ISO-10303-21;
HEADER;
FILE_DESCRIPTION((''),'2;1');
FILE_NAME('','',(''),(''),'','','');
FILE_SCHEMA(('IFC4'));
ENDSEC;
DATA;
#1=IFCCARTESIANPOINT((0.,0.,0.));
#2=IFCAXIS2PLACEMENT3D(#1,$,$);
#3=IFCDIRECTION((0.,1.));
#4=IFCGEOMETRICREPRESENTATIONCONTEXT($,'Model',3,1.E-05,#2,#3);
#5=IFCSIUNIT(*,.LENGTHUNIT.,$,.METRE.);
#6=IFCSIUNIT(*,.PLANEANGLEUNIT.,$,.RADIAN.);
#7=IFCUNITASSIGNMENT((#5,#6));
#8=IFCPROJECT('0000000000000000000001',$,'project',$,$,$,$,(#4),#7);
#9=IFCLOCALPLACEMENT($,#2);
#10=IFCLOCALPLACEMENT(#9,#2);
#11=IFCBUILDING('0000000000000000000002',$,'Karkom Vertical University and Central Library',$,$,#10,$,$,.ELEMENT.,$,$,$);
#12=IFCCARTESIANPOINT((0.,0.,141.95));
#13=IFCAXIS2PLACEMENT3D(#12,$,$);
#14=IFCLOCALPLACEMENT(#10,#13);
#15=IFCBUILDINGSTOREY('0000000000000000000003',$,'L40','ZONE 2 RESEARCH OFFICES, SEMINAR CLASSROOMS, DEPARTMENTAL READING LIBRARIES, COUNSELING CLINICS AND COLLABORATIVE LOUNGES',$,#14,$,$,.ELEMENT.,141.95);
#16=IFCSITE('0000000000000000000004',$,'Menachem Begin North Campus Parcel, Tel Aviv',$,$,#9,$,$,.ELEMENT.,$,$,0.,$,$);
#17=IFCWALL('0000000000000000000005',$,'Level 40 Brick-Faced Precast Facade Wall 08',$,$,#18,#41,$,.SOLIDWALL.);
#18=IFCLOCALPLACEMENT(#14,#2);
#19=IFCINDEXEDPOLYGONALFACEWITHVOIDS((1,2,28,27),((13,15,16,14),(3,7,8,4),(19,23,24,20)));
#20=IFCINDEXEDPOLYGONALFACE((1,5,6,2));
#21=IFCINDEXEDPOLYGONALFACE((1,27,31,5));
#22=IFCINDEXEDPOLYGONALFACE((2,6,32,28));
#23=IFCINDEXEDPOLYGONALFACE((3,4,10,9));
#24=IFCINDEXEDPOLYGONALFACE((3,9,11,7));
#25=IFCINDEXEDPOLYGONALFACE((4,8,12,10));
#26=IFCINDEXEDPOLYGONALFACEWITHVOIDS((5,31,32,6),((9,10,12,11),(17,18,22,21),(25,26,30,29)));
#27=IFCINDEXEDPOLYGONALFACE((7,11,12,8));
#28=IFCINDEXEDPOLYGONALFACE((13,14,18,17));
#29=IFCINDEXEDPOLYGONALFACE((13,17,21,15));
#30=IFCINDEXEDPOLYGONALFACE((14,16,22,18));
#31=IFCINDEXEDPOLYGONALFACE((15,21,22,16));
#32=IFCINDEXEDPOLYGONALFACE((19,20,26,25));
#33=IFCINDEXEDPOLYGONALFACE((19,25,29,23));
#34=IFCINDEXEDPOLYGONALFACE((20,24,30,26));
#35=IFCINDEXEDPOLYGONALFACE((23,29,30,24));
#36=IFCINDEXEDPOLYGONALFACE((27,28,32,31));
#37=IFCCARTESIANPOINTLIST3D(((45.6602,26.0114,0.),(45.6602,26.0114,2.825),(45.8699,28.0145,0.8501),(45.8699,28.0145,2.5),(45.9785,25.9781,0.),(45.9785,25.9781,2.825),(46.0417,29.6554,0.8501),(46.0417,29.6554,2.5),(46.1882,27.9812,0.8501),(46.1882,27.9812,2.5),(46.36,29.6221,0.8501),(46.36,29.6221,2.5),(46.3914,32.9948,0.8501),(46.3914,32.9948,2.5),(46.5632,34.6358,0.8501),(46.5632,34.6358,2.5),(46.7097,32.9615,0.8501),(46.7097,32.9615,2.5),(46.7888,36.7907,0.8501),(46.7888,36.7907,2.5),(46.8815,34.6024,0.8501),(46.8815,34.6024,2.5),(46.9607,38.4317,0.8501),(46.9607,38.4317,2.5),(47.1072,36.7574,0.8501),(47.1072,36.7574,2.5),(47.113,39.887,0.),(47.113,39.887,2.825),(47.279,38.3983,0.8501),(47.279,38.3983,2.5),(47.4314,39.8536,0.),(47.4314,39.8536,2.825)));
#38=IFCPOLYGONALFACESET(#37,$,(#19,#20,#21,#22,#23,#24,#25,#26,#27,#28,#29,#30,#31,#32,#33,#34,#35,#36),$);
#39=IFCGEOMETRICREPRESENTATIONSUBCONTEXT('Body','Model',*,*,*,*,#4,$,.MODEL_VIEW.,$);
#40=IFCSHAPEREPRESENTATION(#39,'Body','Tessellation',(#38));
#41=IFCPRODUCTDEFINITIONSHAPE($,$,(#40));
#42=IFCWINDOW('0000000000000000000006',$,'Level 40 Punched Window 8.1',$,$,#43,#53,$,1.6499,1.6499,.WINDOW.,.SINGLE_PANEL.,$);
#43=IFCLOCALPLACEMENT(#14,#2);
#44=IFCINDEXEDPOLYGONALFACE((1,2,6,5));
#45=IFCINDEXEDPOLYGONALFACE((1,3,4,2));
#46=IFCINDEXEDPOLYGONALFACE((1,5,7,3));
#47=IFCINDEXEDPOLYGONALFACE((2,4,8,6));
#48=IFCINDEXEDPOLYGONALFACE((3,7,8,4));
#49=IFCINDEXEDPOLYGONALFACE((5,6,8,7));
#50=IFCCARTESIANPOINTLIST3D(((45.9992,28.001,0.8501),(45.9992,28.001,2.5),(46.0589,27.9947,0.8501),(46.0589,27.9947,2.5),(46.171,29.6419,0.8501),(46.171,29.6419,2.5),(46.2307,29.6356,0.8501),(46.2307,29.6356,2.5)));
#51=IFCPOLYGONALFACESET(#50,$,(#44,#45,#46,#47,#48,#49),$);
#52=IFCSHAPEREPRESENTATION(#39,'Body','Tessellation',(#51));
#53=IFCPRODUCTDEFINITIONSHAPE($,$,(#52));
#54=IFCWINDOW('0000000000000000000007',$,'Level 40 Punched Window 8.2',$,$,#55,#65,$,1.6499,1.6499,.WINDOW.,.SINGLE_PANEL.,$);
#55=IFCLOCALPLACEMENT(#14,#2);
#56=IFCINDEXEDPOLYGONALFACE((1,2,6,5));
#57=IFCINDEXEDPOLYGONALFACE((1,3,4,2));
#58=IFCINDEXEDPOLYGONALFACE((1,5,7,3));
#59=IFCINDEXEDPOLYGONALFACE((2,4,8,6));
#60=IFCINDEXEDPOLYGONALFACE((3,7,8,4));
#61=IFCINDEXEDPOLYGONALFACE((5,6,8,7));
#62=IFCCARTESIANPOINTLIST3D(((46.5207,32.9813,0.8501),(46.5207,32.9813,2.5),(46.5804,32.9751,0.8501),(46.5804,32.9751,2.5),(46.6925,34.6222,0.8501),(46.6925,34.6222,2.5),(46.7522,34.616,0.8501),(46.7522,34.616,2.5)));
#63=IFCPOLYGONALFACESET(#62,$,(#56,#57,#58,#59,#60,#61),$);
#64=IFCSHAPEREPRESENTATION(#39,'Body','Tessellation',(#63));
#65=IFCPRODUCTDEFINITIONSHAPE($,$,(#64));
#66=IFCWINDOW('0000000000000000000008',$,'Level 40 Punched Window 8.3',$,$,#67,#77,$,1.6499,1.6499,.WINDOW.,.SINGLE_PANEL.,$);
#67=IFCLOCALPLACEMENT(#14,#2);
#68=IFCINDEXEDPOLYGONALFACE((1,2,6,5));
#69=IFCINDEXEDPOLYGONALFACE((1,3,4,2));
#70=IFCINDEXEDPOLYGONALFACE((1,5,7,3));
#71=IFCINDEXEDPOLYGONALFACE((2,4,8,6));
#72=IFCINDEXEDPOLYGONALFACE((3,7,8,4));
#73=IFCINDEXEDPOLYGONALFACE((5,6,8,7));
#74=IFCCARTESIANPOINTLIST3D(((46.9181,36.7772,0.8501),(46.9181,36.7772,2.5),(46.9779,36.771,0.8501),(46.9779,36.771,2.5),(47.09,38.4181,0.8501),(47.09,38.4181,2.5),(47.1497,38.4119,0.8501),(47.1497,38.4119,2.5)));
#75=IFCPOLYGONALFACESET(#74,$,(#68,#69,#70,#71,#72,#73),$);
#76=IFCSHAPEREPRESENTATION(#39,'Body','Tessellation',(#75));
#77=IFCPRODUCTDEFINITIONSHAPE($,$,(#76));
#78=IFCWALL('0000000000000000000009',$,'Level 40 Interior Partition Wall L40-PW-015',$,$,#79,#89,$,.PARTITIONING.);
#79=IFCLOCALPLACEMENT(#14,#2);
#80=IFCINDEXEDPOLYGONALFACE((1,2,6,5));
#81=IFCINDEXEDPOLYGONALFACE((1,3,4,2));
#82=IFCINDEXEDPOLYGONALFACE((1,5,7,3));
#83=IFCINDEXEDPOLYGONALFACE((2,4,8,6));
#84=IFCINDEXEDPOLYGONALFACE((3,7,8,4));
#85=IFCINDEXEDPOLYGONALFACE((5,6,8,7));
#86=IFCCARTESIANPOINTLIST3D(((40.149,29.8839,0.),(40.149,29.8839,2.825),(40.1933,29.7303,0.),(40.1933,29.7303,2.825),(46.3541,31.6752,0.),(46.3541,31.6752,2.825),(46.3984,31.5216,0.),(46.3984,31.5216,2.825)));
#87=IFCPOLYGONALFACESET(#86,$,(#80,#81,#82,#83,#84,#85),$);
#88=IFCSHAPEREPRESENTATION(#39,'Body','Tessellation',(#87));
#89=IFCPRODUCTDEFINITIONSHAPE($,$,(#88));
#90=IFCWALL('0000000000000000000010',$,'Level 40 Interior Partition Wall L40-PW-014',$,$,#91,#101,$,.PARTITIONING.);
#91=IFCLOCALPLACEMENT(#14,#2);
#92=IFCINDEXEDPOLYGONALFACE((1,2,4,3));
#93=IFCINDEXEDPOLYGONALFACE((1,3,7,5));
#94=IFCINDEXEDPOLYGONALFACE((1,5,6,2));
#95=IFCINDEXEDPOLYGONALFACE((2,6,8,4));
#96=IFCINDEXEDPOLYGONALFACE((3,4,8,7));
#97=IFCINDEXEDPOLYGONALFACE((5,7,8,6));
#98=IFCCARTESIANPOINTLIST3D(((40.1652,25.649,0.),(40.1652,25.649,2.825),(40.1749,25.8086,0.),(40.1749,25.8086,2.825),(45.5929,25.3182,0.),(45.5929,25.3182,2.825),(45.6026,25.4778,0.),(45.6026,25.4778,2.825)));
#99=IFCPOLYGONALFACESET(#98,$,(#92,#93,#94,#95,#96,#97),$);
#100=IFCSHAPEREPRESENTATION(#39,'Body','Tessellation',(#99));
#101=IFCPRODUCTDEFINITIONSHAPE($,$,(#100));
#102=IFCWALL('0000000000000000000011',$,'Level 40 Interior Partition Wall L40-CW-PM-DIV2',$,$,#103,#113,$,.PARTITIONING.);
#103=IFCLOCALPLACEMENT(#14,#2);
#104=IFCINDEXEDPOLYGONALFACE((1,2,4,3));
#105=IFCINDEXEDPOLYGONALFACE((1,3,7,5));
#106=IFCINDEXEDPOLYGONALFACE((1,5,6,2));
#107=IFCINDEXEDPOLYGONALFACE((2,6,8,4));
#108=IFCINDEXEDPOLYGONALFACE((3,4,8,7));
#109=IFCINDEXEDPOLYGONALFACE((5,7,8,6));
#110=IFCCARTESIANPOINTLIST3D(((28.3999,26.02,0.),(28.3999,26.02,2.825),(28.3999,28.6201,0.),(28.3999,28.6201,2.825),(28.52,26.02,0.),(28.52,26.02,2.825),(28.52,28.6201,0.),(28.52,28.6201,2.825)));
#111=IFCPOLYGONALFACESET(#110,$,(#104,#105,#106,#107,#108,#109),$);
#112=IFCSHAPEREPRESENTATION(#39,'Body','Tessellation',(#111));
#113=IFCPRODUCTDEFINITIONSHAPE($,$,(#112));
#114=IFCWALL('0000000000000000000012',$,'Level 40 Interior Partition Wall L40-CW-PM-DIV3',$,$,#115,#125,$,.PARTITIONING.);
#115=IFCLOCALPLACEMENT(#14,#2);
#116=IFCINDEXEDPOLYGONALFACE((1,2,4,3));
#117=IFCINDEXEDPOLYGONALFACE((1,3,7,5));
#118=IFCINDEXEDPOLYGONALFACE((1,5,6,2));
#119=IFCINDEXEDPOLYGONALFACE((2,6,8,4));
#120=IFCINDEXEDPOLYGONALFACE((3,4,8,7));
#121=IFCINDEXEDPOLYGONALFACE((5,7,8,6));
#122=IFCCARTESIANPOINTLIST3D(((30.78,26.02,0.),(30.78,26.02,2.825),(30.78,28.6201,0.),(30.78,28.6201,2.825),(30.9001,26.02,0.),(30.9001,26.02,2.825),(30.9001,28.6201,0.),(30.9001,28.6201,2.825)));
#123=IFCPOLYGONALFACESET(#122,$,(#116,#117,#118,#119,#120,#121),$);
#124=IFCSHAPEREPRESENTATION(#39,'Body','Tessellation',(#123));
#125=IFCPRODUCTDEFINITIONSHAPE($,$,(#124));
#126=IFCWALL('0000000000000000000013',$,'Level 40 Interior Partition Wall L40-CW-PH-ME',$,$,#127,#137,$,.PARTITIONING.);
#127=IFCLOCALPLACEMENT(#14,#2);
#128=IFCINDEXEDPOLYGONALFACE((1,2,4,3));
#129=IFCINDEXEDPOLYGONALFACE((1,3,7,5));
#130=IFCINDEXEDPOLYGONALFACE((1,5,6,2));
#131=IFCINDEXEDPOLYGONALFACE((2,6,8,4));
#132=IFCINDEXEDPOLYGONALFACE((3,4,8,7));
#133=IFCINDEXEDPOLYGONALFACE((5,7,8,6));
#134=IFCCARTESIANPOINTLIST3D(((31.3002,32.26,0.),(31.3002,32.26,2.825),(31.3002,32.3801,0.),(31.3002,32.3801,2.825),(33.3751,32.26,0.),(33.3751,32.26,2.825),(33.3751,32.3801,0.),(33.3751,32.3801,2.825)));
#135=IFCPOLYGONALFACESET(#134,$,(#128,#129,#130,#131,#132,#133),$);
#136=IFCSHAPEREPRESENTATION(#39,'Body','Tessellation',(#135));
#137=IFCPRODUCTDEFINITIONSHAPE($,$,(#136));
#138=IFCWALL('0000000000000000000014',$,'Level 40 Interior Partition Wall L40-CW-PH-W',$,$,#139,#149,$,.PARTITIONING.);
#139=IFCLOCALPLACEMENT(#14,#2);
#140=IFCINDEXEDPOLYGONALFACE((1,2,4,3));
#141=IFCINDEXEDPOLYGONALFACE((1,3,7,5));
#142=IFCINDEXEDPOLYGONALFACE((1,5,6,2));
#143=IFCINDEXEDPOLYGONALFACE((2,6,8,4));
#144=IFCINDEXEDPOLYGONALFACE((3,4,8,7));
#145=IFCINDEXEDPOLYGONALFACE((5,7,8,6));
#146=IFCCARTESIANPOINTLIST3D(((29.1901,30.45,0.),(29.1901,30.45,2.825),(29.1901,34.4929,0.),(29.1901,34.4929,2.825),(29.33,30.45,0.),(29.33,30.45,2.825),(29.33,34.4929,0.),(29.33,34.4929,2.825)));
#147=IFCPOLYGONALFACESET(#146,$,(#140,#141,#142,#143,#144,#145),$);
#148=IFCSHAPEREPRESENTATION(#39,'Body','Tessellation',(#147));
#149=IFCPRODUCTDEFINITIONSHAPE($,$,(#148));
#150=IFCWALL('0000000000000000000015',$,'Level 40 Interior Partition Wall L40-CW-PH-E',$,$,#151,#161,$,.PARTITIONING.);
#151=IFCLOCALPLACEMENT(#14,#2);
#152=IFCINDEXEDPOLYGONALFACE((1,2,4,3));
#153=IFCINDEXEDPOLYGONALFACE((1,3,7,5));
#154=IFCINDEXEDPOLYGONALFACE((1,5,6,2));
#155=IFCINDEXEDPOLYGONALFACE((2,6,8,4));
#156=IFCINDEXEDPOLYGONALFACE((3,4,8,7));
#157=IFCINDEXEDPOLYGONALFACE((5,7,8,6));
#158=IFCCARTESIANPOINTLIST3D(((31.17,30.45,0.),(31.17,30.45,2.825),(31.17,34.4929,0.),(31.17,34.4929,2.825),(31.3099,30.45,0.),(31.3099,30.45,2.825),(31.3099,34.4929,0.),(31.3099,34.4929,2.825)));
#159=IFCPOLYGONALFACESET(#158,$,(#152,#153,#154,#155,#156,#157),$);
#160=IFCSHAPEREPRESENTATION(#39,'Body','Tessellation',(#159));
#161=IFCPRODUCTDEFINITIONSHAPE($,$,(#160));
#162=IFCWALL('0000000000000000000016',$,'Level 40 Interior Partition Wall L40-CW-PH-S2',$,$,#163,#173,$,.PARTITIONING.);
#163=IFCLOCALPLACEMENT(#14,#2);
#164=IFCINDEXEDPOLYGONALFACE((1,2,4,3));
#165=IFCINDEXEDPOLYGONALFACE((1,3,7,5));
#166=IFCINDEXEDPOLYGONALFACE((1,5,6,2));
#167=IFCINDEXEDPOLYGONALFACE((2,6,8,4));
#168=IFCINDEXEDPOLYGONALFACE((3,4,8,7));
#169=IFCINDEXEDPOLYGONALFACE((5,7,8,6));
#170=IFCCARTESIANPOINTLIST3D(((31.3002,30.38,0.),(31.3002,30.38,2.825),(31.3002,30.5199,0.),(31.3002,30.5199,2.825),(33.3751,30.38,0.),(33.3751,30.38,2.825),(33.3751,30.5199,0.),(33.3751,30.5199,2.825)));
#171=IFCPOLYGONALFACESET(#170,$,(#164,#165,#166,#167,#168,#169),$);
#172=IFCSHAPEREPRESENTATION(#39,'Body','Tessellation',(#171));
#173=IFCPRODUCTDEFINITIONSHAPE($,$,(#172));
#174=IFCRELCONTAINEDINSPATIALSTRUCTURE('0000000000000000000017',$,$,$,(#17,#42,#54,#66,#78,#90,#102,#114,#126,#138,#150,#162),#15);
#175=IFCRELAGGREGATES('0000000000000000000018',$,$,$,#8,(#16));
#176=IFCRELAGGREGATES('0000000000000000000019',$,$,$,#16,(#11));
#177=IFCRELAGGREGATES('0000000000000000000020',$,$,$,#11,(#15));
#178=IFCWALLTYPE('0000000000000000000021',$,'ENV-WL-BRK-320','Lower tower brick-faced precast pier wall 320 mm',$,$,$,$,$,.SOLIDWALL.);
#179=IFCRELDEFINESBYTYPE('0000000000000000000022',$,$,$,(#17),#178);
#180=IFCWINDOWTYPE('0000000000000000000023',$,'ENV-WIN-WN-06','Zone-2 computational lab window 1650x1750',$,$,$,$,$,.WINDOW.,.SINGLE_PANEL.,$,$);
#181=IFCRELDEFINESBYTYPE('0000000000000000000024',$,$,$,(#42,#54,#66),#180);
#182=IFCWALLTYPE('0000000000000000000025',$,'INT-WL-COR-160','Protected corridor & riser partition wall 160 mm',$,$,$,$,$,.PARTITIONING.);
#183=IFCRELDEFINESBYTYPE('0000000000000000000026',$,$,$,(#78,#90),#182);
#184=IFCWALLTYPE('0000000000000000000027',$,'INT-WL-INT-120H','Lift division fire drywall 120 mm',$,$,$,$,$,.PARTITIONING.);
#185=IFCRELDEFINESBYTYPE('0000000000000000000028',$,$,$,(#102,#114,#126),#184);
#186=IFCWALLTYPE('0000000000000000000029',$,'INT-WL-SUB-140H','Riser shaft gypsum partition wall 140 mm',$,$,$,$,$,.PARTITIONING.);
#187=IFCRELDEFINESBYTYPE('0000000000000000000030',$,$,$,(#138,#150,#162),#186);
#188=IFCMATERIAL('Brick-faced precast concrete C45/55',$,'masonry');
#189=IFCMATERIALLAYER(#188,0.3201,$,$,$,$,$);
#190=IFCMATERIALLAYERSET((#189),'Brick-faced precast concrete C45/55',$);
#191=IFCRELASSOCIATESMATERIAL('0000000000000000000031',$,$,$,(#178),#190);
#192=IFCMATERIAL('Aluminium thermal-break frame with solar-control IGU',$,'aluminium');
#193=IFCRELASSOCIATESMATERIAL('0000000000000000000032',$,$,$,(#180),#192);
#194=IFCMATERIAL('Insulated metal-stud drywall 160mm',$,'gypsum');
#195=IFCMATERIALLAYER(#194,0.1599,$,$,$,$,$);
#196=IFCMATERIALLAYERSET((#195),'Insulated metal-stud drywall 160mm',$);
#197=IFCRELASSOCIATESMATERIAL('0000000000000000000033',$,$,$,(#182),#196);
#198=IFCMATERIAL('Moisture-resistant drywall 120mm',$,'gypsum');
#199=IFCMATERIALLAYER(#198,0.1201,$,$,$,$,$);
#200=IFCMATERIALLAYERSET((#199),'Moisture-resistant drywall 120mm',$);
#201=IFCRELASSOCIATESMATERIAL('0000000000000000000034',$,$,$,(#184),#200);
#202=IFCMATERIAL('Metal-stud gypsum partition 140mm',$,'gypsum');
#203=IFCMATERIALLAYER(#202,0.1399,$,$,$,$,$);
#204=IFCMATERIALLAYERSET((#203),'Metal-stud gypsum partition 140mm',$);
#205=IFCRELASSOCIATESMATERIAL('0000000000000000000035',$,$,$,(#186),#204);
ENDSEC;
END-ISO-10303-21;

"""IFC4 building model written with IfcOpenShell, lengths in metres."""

from ifc_helpers import new_model, si_unit, direction, frame, frame_2d, origin, origin_with_axes, place, context, subcontext, project, spatial, rectangle, extrude, source, transform, mapped, material, layer, layer_set, type_object, element, fill, save


model = new_model("IFC4")

# Units and contexts
model_context = context("Model", 3, precision=1e-05, world=origin(), true_north=direction((0.0, 1.0)))
body_context = subcontext(model_context, "Body", "Model", "MODEL_VIEW")
ifc_project = project(units=[si_unit("LENGTHUNIT", "METRE"), si_unit("PLANEANGLEUNIT", "RADIAN")], contexts=[model_context])

# Site, building, storey
site_placement = place(None, origin())
site = spatial("IfcSite", under=ifc_project, at=site_placement, Name="Menachem Begin North Campus Parcel, Tel Aviv", CompositionType="ELEMENT", RefElevation=0.0)
building_placement = place(site_placement, origin())
building = spatial("IfcBuilding", under=site, at=building_placement, Name="Karkom Vertical University and Central Library", CompositionType="ELEMENT")
storey_placement = place(building_placement, frame((0.0, 0.0, 141.95)))
storey = spatial("IfcBuildingStorey", under=building, at=storey_placement, Name="L40", Description="ZONE 2 RESEARCH OFFICES, SEMINAR CLASSROOMS, DEPARTMENTAL READING LIBRARIES, COUNSELING CLINICS AND COLLABORATIVE LOUNGES", CompositionType="ELEMENT", Elevation=141.95)

# Wall, openings, windows
ifc_material_1 = material(Name="Brick-faced precast concrete C45/55", Category="masonry")
ifc_layer_1 = layer(ifc_material_1, 0.3201)
ifc_layer_set_1 = layer_set([ifc_layer_1], Name="Brick-faced precast concrete C45/55")
wall_type_1 = type_object("IfcWallType", Name="ENV-WL-BRK-320", Description="Lower tower brick-faced precast pier wall 320 mm", PredefinedType="SOLIDWALL", material=ifc_layer_set_1)
wall_1_placement = place(storey_placement, frame((45.8193, 25.9949, 0.0), z_axis=(0.0, 0.0, 1.0), x_axis=(0.104139, 0.994563, 0.0)))
wall_1 = element("IfcWall", 1, at=wall_1_placement, inside=storey, type_object=wall_type_1, Name="Level 40 Brick-Faced Precast Facade Wall 08", PredefinedType="SOLIDWALL", context=body_context, shape_type="SweptSolid", body=[
    extrude(rectangle(XDim=13.9514, YDim=0.3201, at=frame_2d((6.9756, 0.0))), origin(), (0.0, 0.0, 1.0), 2.825),
])
opening_1_placement = place(wall_1_placement, frame((2.0139, 0.0, 0.8501)))
opening_1 = element("IfcOpeningElement", 2, at=opening_1_placement, cuts=wall_1, PredefinedType="OPENING", context=body_context, shape_type="SweptSolid", body=[
    extrude(rectangle(XDim=1.6499, YDim=1.6499, at=frame_2d((0.825, 0.825))), frame((0.0, 0.1699, 0.0), z_axis=(0.0, -1.0, 0.0), x_axis=(1.0, 0.0, 0.0)), (0.0, 0.0, 1.0), 0.3401),
])
opening_2_placement = place(wall_1_placement, frame((7.0215, 0.0, 0.8501)))
opening_2 = element("IfcOpeningElement", 3, at=opening_2_placement, cuts=wall_1, PredefinedType="OPENING", context=body_context, shape_type="SweptSolid", body=[
    extrude(rectangle(XDim=1.6499, YDim=1.6499, at=frame_2d((0.825, 0.825))), frame((0.0, 0.1699, 0.0), z_axis=(0.0, -1.0, 0.0), x_axis=(1.0, 0.0, 0.0)), (0.0, 0.0, 1.0), 0.3401),
])
opening_3_placement = place(wall_1_placement, frame((10.8381, 0.0, 0.8501)))
opening_3 = element("IfcOpeningElement", 4, at=opening_3_placement, cuts=wall_1, PredefinedType="OPENING", context=body_context, shape_type="SweptSolid", body=[
    extrude(rectangle(XDim=1.6499, YDim=1.6499, at=frame_2d((0.825, 0.825))), frame((0.0, 0.1699, 0.0), z_axis=(0.0, -1.0, 0.0), x_axis=(1.0, 0.0, 0.0)), (0.0, 0.0, 1.0), 0.3401),
])
ifc_material_2 = material(Name="Aluminium thermal-break frame with solar-control IGU", Category="aluminium")
window_type = type_object("IfcWindowType", Name="ENV-WIN-WN-06", Description="Zone-2 computational lab window 1650x1750", PartitioningType="SINGLE_PANEL", PredefinedType="WINDOW", material=ifc_material_2)
shared_shape_1 = source(origin_with_axes(), body_context, "Body", "SweptSolid", [
    extrude(rectangle(XDim=1.6499, YDim=1.6499, at=frame_2d((0.825, 0.825))), frame((0.0, 0.03, 0.0), z_axis=(0.0, -1.0, 0.0), x_axis=(1.0, 0.0, 0.0)), (0.0, 0.0, 1.0), 0.0601),
])
window_1_placement = place(opening_1_placement, origin())
window_1 = element("IfcWindow", 5, at=window_1_placement, inside=storey, type_object=window_type, Name="Level 40 Punched Window 8.1", OverallHeight=1.6499, OverallWidth=1.6499, PartitioningType="SINGLE_PANEL", PredefinedType="WINDOW", context=body_context, shape_type="MappedRepresentation", body=[
    mapped(shared_shape_1, transform((0.0, 0.0, 0.0), scale=1.0)),
])
fill(opening_1, window_1)
window_2_placement = place(opening_2_placement, origin())
window_2 = element("IfcWindow", 6, at=window_2_placement, inside=storey, type_object=window_type, Name="Level 40 Punched Window 8.2", OverallHeight=1.6499, OverallWidth=1.6499, PartitioningType="SINGLE_PANEL", PredefinedType="WINDOW", context=body_context, shape_type="MappedRepresentation", body=[
    mapped(shared_shape_1, transform((0.0, 0.0, 0.0), scale=1.0)),
])
fill(opening_2, window_2)
window_3_placement = place(opening_3_placement, origin())
window_3 = element("IfcWindow", 7, at=window_3_placement, inside=storey, type_object=window_type, Name="Level 40 Punched Window 8.3", OverallHeight=1.6499, OverallWidth=1.6499, PartitioningType="SINGLE_PANEL", PredefinedType="WINDOW", context=body_context, shape_type="MappedRepresentation", body=[
    mapped(shared_shape_1, transform((0.0, 0.0, 0.0), scale=1.0)),
])
fill(opening_3, window_3)

# Walls
ifc_material_3 = material(Name="Insulated metal-stud drywall 160mm", Category="gypsum")
ifc_layer_2 = layer(ifc_material_3, 0.1599)
ifc_layer_set_2 = layer_set([ifc_layer_2], Name="Insulated metal-stud drywall 160mm")
wall_type_2 = type_object("IfcWallType", Name="INT-WL-COR-160", Description="Protected corridor & riser partition wall 160 mm", PredefinedType="PARTITIONING", material=ifc_layer_set_2)
wall_2_placement = place(storey_placement, frame((40.1711, 29.8071, 0.0), z_axis=(0.0, 0.0, 1.0), x_axis=(0.960769, 0.277351, 0.0)))
element("IfcWall", 8, at=wall_2_placement, inside=storey, type_object=wall_type_2, Name="Level 40 Interior Partition Wall L40-PW-015", PredefinedType="PARTITIONING", context=body_context, shape_type="SweptSolid", body=[
    extrude(rectangle(XDim=6.4585, YDim=0.1599, at=frame_2d((3.2292, 0.0))), origin(), (0.0, 0.0, 1.0), 2.825),
])
wall_3_placement = place(storey_placement, frame((40.1702, 25.7288, 0.0), z_axis=(0.0, 0.0, 1.0), x_axis=(0.998148, -0.060835, 0.0)))
element("IfcWall", 9, at=wall_3_placement, inside=storey, type_object=wall_type_2, Name="Level 40 Interior Partition Wall L40-PW-014", PredefinedType="PARTITIONING", context=body_context, shape_type="SweptSolid", body=[
    extrude(rectangle(XDim=5.4377, YDim=0.1599, at=frame_2d((2.7188, 0.0))), origin(), (0.0, 0.0, 1.0), 2.825),
])
ifc_material_4 = material(Name="Moisture-resistant drywall 120mm", Category="gypsum")
ifc_layer_3 = layer(ifc_material_4, 0.1201)
ifc_layer_set_3 = layer_set([ifc_layer_3], Name="Moisture-resistant drywall 120mm")
wall_type_3 = type_object("IfcWallType", Name="INT-WL-INT-120H", Description="Lift division fire drywall 120 mm", PredefinedType="PARTITIONING", material=ifc_layer_set_3)
for number, where, z_axis, x_axis, name in (
    (10, (28.46, 26.02, 0.0), (0.0, 0.0, 1.0), (0.0, 1.0, 0.0), "Level 40 Interior Partition Wall L40-CW-PM-DIV2"),
    (11, (30.8401, 26.02, 0.0), (0.0, 0.0, 1.0), (0.0, 1.0, 0.0), "Level 40 Interior Partition Wall L40-CW-PM-DIV3"),
):
    element("IfcWall", number, at=place(storey_placement, frame(where, z_axis=z_axis, x_axis=x_axis)), inside=storey, type_object=wall_type_3, Name=name, PredefinedType="PARTITIONING", context=body_context, shape_type="SweptSolid", body=[
        extrude(rectangle(XDim=2.6001, YDim=0.1201, at=frame_2d((1.3, 0.0))), origin(), (0.0, 0.0, 1.0), 2.825),
    ])
wall_4_placement = place(storey_placement, frame((31.3, 32.3201, 0.0), z_axis=(0.0, 0.0, 1.0), x_axis=(1.0, 0.0, 0.0)))
element("IfcWall", 12, at=wall_4_placement, inside=storey, type_object=wall_type_3, Name="Level 40 Interior Partition Wall L40-CW-PH-ME", PredefinedType="PARTITIONING", context=body_context, shape_type="SweptSolid", body=[
    extrude(rectangle(XDim=2.075, YDim=0.1201, at=frame_2d((1.0376, 0.0))), origin(), (0.0, 0.0, 1.0), 2.825),
])
ifc_material_5 = material(Name="Metal-stud gypsum partition 140mm", Category="gypsum")
ifc_layer_4 = layer(ifc_material_5, 0.1399)
ifc_layer_set_4 = layer_set([ifc_layer_4], Name="Metal-stud gypsum partition 140mm")
wall_type_4 = type_object("IfcWallType", Name="INT-WL-SUB-140H", Description="Riser shaft gypsum partition wall 140 mm", PredefinedType="PARTITIONING", material=ifc_layer_set_4)
for number, where, z_axis, x_axis, name in (
    (13, (29.26, 30.45, 0.0), (0.0, 0.0, 1.0), (0.0, 1.0, 0.0), "Level 40 Interior Partition Wall L40-CW-PH-W"),
    (14, (31.24, 30.45, 0.0), (0.0, 0.0, 1.0), (0.0, 1.0, 0.0), "Level 40 Interior Partition Wall L40-CW-PH-E"),
):
    element("IfcWall", number, at=place(storey_placement, frame(where, z_axis=z_axis, x_axis=x_axis)), inside=storey, type_object=wall_type_4, Name=name, PredefinedType="PARTITIONING", context=body_context, shape_type="SweptSolid", body=[
        extrude(rectangle(XDim=4.043, YDim=0.1399, at=frame_2d((2.0215, 0.0))), origin(), (0.0, 0.0, 1.0), 2.825),
    ])
wall_5_placement = place(storey_placement, frame((31.3, 30.45, 0.0), z_axis=(0.0, 0.0, 1.0), x_axis=(1.0, 0.0, 0.0)))
element("IfcWall", 15, at=wall_5_placement, inside=storey, type_object=wall_type_4, Name="Level 40 Interior Partition Wall L40-CW-PH-S2", PredefinedType="PARTITIONING", context=body_context, shape_type="SweptSolid", body=[
    extrude(rectangle(XDim=2.075, YDim=0.1399, at=frame_2d((1.0376, 0.0))), origin(), (0.0, 0.0, 1.0), 2.825),
])

save(model, "model.ifc")
